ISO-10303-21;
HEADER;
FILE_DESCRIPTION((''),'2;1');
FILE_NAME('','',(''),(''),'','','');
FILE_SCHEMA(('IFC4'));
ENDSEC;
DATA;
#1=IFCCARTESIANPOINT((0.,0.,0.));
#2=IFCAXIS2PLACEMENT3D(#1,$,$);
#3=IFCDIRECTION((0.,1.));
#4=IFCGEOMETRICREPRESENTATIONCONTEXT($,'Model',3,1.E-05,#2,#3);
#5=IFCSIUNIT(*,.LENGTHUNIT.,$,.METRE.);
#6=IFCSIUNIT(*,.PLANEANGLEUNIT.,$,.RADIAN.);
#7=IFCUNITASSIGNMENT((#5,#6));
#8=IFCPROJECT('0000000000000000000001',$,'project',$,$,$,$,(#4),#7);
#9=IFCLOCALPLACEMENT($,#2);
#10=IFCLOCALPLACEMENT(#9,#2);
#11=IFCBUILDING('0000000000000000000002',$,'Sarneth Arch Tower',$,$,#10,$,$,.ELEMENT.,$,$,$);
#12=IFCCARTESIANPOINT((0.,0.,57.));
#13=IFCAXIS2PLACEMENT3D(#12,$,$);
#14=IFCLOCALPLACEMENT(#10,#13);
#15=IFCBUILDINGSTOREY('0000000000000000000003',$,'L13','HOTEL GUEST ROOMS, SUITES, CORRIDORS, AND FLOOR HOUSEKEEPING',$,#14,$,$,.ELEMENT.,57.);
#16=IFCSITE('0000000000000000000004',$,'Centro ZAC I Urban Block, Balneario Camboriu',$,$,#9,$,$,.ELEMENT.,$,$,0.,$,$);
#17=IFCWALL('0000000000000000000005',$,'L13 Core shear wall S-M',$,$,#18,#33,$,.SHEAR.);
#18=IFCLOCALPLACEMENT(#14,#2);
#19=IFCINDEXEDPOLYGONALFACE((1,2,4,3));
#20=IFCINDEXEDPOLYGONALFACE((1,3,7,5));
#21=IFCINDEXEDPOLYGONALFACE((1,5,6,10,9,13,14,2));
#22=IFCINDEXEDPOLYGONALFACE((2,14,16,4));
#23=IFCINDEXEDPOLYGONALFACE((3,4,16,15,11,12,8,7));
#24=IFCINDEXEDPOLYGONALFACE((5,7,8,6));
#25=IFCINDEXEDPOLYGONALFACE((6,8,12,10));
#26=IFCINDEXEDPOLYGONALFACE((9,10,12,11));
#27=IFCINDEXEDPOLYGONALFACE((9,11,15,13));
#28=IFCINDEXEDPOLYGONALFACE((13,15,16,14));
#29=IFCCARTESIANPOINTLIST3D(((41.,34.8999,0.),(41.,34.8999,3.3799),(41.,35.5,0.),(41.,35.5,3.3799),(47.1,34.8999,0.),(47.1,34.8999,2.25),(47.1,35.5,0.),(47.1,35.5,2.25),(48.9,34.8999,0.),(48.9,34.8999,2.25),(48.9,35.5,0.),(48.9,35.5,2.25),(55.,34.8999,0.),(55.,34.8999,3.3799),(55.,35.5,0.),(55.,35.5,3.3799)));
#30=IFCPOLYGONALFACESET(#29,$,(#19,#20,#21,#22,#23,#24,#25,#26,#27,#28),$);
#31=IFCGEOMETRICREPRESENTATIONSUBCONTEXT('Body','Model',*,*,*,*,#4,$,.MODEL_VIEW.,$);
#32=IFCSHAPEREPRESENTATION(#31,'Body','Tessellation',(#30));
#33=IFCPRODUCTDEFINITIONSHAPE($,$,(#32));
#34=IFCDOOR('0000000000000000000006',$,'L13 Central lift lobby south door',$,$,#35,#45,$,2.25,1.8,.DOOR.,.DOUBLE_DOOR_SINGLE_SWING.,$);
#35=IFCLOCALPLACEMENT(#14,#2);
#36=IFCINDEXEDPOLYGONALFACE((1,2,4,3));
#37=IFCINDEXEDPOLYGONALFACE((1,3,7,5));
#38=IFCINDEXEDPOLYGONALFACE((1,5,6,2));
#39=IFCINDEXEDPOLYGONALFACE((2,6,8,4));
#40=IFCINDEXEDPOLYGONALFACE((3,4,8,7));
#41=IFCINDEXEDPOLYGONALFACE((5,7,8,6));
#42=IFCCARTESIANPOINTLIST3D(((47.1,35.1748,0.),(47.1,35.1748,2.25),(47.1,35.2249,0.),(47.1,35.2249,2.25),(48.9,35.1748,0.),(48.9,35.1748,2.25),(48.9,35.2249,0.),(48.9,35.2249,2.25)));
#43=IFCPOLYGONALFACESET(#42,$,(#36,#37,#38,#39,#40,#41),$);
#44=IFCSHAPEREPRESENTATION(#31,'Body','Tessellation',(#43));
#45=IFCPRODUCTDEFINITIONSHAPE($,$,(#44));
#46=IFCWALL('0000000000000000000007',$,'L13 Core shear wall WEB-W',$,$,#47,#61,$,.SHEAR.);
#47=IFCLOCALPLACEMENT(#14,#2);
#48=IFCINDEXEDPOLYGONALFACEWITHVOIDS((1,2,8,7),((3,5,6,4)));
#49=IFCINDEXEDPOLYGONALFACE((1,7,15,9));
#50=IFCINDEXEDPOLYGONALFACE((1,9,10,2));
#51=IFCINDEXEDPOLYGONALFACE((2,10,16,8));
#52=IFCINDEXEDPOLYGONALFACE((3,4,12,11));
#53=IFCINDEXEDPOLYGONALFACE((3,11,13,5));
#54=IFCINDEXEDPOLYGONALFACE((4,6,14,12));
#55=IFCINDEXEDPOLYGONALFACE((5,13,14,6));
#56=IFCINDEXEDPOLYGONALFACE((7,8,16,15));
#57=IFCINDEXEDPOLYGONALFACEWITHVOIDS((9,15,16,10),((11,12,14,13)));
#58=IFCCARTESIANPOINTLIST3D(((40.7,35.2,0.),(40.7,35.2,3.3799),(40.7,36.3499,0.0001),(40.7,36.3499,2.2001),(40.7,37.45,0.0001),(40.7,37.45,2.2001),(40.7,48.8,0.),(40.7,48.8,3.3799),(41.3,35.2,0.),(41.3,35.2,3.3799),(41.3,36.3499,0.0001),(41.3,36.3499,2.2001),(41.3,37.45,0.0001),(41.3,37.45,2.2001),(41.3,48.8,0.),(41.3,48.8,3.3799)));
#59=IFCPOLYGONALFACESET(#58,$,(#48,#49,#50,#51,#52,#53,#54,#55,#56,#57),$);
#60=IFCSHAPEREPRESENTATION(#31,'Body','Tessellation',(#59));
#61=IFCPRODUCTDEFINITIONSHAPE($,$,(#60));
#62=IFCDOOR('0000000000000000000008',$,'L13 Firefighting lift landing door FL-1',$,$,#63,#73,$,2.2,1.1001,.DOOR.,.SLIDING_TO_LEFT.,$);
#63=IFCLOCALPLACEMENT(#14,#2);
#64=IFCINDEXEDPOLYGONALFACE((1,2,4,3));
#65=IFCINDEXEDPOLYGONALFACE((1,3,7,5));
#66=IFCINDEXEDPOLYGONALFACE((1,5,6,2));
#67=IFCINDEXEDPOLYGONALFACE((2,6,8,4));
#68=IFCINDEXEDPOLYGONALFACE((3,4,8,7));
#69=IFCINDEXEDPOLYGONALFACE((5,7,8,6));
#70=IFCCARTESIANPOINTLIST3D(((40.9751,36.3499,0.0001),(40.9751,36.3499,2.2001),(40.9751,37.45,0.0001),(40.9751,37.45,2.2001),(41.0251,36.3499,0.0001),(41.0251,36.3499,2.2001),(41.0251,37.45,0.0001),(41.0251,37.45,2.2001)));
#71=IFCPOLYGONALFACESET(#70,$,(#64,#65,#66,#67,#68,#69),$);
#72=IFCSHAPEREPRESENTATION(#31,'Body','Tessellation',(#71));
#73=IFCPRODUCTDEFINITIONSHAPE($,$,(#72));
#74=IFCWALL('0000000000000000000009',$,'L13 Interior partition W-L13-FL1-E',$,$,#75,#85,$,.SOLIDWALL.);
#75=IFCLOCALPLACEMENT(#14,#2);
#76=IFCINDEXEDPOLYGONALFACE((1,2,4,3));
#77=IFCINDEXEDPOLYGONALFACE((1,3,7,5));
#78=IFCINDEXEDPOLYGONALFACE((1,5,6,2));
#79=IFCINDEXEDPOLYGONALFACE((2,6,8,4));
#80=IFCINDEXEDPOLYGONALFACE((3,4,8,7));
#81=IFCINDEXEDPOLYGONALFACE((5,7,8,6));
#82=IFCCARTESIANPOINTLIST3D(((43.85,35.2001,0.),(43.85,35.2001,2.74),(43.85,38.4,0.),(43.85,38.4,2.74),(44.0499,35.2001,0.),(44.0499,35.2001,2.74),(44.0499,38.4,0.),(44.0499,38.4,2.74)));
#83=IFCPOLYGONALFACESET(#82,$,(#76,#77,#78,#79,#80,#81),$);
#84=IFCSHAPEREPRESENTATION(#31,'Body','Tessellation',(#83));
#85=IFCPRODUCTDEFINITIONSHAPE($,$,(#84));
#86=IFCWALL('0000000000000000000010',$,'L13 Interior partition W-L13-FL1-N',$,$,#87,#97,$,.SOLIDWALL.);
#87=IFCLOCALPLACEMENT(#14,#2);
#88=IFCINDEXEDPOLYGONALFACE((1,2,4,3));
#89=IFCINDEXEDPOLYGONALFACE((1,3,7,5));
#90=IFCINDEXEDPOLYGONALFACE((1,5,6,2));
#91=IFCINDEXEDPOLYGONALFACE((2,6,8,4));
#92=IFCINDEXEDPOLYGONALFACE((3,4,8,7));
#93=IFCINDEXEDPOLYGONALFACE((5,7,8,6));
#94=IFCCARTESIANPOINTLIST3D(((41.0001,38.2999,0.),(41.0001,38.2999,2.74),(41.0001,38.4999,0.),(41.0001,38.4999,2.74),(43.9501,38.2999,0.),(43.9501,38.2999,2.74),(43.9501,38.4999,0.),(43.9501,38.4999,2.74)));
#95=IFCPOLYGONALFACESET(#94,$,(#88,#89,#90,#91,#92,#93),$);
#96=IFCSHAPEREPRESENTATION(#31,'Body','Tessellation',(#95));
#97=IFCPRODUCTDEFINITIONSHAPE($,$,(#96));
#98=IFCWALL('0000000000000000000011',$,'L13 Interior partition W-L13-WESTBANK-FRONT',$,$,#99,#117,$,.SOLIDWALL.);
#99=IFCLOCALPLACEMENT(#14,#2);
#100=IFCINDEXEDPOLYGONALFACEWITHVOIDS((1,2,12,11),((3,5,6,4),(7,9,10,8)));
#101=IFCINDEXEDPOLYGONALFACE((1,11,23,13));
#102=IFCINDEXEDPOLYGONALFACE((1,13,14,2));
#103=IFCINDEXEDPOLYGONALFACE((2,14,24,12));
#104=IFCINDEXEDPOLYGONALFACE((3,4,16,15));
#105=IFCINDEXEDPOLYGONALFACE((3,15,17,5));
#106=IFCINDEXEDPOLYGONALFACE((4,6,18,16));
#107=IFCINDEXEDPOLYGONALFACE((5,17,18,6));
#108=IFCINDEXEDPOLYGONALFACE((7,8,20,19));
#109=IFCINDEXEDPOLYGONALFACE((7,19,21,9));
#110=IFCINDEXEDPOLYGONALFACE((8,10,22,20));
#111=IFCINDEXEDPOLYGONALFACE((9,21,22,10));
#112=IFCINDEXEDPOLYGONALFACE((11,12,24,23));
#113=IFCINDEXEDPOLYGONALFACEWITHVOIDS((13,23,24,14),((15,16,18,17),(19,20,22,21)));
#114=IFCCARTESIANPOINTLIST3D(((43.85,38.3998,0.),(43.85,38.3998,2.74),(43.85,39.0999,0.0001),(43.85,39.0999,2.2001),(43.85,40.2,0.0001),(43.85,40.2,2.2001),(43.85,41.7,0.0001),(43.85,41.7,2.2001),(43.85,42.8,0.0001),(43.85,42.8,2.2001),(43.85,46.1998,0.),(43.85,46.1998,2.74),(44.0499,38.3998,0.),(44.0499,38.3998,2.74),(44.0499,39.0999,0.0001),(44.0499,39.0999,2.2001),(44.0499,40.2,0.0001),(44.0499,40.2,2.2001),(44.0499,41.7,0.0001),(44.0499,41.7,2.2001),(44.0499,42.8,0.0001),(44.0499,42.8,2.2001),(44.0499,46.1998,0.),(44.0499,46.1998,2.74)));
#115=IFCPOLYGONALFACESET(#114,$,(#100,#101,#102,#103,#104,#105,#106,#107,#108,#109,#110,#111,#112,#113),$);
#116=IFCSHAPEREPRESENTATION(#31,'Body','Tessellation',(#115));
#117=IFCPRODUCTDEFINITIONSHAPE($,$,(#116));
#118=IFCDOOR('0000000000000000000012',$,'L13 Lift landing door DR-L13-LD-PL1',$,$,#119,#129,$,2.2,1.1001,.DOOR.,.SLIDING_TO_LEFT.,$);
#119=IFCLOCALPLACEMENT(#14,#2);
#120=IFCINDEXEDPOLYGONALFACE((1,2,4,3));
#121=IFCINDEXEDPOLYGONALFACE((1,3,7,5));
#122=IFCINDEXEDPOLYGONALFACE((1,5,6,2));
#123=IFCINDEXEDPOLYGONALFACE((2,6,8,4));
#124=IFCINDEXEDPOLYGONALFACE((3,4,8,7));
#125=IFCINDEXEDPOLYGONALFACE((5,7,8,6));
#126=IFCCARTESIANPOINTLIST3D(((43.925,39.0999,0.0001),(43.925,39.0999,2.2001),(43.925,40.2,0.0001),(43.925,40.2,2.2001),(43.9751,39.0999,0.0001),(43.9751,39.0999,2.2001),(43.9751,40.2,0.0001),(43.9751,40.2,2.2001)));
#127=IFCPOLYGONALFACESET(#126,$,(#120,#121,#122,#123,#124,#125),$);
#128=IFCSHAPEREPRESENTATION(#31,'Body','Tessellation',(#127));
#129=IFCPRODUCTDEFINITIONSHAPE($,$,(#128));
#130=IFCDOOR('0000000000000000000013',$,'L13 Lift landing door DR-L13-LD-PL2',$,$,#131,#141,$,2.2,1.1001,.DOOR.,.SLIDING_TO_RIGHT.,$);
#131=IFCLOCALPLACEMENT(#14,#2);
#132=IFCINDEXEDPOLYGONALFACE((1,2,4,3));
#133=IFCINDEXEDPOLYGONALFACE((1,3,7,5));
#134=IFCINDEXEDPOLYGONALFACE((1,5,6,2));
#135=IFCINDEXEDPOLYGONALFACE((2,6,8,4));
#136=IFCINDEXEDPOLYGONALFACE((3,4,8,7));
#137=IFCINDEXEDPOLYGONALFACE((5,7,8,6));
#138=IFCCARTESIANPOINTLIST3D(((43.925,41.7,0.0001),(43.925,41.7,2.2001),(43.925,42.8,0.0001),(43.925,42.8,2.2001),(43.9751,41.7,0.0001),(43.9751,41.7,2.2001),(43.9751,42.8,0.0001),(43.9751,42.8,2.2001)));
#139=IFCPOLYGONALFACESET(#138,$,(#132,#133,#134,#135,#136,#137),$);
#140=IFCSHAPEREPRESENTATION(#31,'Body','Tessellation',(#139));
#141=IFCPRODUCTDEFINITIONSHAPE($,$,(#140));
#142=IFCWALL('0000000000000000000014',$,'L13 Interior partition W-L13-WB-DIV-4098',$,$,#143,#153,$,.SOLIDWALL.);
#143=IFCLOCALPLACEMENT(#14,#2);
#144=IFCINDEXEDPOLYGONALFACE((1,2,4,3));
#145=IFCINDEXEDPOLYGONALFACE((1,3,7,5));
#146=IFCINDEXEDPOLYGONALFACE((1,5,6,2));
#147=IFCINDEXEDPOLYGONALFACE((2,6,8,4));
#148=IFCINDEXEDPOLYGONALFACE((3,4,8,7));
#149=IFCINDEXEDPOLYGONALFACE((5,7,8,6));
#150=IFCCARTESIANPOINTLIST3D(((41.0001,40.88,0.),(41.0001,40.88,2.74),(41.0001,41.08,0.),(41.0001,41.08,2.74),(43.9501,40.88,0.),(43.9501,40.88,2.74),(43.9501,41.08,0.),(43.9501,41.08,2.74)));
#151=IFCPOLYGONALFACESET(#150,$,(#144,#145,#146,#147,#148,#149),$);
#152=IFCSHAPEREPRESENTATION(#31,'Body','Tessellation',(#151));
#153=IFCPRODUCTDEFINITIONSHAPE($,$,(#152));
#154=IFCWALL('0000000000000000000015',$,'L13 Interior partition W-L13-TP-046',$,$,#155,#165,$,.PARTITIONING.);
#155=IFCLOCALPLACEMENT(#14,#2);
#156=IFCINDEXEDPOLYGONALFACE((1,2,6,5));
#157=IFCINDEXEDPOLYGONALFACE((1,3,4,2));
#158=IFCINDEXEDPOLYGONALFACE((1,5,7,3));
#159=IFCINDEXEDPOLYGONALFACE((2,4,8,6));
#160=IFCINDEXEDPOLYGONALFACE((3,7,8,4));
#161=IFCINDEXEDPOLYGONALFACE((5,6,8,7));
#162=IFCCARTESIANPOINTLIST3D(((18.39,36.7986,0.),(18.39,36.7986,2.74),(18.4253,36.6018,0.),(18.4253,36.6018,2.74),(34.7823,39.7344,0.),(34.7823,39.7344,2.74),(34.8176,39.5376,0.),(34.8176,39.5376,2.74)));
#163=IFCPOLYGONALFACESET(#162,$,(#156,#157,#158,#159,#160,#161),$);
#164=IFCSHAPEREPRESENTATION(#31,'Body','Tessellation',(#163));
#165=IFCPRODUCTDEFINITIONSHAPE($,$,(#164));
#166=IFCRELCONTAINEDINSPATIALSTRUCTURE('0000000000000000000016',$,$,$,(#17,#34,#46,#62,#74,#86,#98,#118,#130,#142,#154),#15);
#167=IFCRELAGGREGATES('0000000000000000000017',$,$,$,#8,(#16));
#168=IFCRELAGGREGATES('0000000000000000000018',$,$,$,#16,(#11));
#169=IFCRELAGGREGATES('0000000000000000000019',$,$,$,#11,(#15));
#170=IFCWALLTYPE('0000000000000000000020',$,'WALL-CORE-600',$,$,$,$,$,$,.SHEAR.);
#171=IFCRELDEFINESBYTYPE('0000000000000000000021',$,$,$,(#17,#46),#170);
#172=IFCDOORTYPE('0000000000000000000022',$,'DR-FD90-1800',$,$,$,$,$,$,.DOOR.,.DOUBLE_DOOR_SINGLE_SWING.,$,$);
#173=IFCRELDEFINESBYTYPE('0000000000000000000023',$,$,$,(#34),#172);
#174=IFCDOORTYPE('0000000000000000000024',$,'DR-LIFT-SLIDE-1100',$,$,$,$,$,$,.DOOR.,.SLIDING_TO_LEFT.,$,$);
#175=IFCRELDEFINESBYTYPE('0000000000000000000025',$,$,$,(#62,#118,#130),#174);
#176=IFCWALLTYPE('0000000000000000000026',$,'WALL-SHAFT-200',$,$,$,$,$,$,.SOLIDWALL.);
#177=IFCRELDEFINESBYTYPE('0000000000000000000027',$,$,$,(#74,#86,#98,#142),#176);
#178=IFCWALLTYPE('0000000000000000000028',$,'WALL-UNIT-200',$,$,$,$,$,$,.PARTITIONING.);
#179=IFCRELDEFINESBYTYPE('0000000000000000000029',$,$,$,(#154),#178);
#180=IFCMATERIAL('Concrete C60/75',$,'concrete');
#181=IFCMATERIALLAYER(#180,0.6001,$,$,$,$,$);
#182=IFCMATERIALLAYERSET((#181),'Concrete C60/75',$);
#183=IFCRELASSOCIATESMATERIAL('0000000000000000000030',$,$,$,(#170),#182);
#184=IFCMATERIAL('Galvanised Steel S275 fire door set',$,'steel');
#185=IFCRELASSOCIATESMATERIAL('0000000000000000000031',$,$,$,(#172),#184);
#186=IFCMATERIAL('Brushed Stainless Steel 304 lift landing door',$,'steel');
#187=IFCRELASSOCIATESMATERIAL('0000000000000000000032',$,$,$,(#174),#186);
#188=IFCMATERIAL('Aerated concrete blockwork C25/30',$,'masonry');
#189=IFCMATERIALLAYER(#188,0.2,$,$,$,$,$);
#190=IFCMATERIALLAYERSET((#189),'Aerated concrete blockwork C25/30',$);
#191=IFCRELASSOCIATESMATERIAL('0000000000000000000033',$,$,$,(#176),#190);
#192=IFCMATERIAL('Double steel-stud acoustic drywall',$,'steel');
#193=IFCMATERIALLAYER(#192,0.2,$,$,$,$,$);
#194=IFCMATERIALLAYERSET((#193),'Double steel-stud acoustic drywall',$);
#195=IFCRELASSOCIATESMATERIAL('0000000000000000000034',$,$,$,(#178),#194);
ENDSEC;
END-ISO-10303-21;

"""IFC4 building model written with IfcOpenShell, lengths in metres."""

from ifc_helpers import new_model, si_unit, direction, frame, frame_2d, origin, place, context, subcontext, project, spatial, rectangle, extrude, material, layer, layer_set, type_object, element, fill, save


model = new_model("IFC4")

# Units and contexts
model_context = context("Model", 3, precision=1e-05, world=origin(), true_north=direction((0.0, 1.0)))
body_context = subcontext(model_context, "Body", "Model", "MODEL_VIEW")
ifc_project = project(units=[si_unit("LENGTHUNIT", "METRE"), si_unit("PLANEANGLEUNIT", "RADIAN")], contexts=[model_context])

# Site, building, storey
site_placement = place(None, origin())
site = spatial("IfcSite", under=ifc_project, at=site_placement, Name="Centro ZAC I Urban Block, Balneario Camboriu", CompositionType="ELEMENT", RefElevation=0.0)
building_placement = place(site_placement, origin())
building = spatial("IfcBuilding", under=site, at=building_placement, Name="Sarneth Arch Tower", CompositionType="ELEMENT")
storey_placement = place(building_placement, frame((0.0, 0.0, 57.0)))
storey = spatial("IfcBuildingStorey", under=building, at=storey_placement, Name="L13", Description="HOTEL GUEST ROOMS, SUITES, CORRIDORS, AND FLOOR HOUSEKEEPING", CompositionType="ELEMENT", Elevation=57.0)

# Walls, openings, doors
ifc_material_1 = material(Name="Concrete C60/75", Category="concrete")
ifc_layer_1 = layer(ifc_material_1, 0.6001)
ifc_layer_set_1 = layer_set([ifc_layer_1], Name="Concrete C60/75")
wall_type_1 = type_object("IfcWallType", Name="WALL-CORE-600", PredefinedType="SHEAR", material=ifc_layer_set_1)
wall_1_placement = place(storey_placement, frame((41.0, 35.2, 0.0), z_axis=(0.0, 0.0, 1.0), x_axis=(1.0, 0.0, 0.0)))
wall_1 = element("IfcWall", 1, at=wall_1_placement, inside=storey, type_object=wall_type_1, Name="L13 Core shear wall S-M", PredefinedType="SHEAR", context=body_context, shape_type="SweptSolid", body=[
    extrude(rectangle(XDim=14.0, YDim=0.6001, at=frame_2d((7.0, 0.0))), origin(), (0.0, 0.0, 1.0), 3.3799),
])
opening_1_placement = place(wall_1_placement, frame((6.1001, 0.0, 0.0)))
opening_1 = element("IfcOpeningElement", 2, at=opening_1_placement, cuts=wall_1, PredefinedType="OPENING", context=body_context, shape_type="SweptSolid", body=[
    extrude(rectangle(XDim=1.8, YDim=2.25, at=frame_2d((0.8999, 1.125))), frame((0.0, 0.3101, 0.0), z_axis=(0.0, -1.0, 0.0), x_axis=(1.0, 0.0, 0.0)), (0.0, 0.0, 1.0), 0.6201),
])
ifc_material_2 = material(Name="Galvanised Steel S275 fire door set", Category="steel")
door_type_1 = type_object("IfcDoorType", Name="DR-FD90-1800", OperationType="DOUBLE_DOOR_SINGLE_SWING", PredefinedType="DOOR", material=ifc_material_2)
door_1_placement = place(opening_1_placement, origin())
door_1 = element("IfcDoor", 3, at=door_1_placement, inside=storey, type_object=door_type_1, Name="L13 Central lift lobby south door", OperationType="DOUBLE_DOOR_SINGLE_SWING", OverallHeight=2.25, OverallWidth=1.8, PredefinedType="DOOR", context=body_context, shape_type="SweptSolid", body=[
    extrude(rectangle(XDim=1.8, YDim=2.25, at=frame_2d((0.8999, 1.125))), frame((0.0, 0.0249, 0.0), z_axis=(0.0, -1.0, 0.0), x_axis=(1.0, 0.0, 0.0)), (0.0, 0.0, 1.0), 0.05),
])
fill(opening_1, door_1)
wall_2_placement = place(storey_placement, frame((41.0, 35.2, 0.0), z_axis=(0.0, 0.0, 1.0), x_axis=(0.0, 1.0, 0.0)))
wall_2 = element("IfcWall", 4, at=wall_2_placement, inside=storey, type_object=wall_type_1, Name="L13 Core shear wall WEB-W", PredefinedType="SHEAR", context=body_context, shape_type="SweptSolid", body=[
    extrude(rectangle(XDim=13.6001, YDim=0.6001, at=frame_2d((6.8, 0.0))), origin(), (0.0, 0.0, 1.0), 3.3799),
])
opening_2_placement = place(wall_2_placement, frame((1.1499, 0.0, 0.0)))
opening_2 = element("IfcOpeningElement", 5, at=opening_2_placement, cuts=wall_2, PredefinedType="OPENING", context=body_context, shape_type="SweptSolid", body=[
    extrude(rectangle(XDim=1.1001, YDim=2.2, at=frame_2d((0.55, 1.1001))), frame((0.0, 0.3101, 0.0), z_axis=(0.0, -1.0, 0.0), x_axis=(1.0, 0.0, 0.0)), (0.0, 0.0, 1.0), 0.6201),
])
ifc_material_3 = material(Name="Brushed Stainless Steel 304 lift landing door", Category="steel")
door_type_2 = type_object("IfcDoorType", Name="DR-LIFT-SLIDE-1100", OperationType="SLIDING_TO_LEFT", PredefinedType="DOOR", material=ifc_material_3)
door_2_placement = place(opening_2_placement, origin())
door_2 = element("IfcDoor", 6, at=door_2_placement, inside=storey, type_object=door_type_2, Name="L13 Firefighting lift landing door FL-1", OperationType="SLIDING_TO_LEFT", OverallHeight=2.2, OverallWidth=1.1001, PredefinedType="DOOR", context=body_context, shape_type="SweptSolid", body=[
    extrude(rectangle(XDim=1.1001, YDim=2.2, at=frame_2d((0.55, 1.1001))), frame((0.0, 0.0249, 0.0), z_axis=(0.0, -1.0, 0.0), x_axis=(1.0, 0.0, 0.0)), (0.0, 0.0, 1.0), 0.05),
])
fill(opening_2, door_2)
ifc_material_4 = material(Name="Aerated concrete blockwork C25/30", Category="masonry")
ifc_layer_2 = layer(ifc_material_4, 0.2)
ifc_layer_set_2 = layer_set([ifc_layer_2], Name="Aerated concrete blockwork C25/30")
wall_type_2 = type_object("IfcWallType", Name="WALL-SHAFT-200", PredefinedType="SOLIDWALL", material=ifc_layer_set_2)

# Walls
wall_3_placement = place(storey_placement, frame((43.95, 35.2, 0.0), z_axis=(0.0, 0.0, 1.0), x_axis=(0.0, 1.0, 0.0)))
element("IfcWall", 7, at=wall_3_placement, inside=storey, type_object=wall_type_2, Name="L13 Interior partition W-L13-FL1-E", PredefinedType="SOLIDWALL", context=body_context, shape_type="SweptSolid", body=[
    extrude(rectangle(XDim=3.2, YDim=0.2, at=frame_2d((1.6001, 0.0))), origin(), (0.0, 0.0, 1.0), 2.74),
])
wall_4_placement = place(storey_placement, frame((41.0, 38.3999, 0.0), z_axis=(0.0, 0.0, 1.0), x_axis=(1.0, 0.0, 0.0)))
element("IfcWall", 8, at=wall_4_placement, inside=storey, type_object=wall_type_2, Name="L13 Interior partition W-L13-FL1-N", PredefinedType="SOLIDWALL", context=body_context, shape_type="SweptSolid", body=[
    extrude(rectangle(XDim=2.95, YDim=0.2, at=frame_2d((1.4751, 0.0))), origin(), (0.0, 0.0, 1.0), 2.74),
])

# Wall, openings, doors
wall_5_placement = place(storey_placement, frame((43.95, 38.3999, 0.0), z_axis=(0.0, 0.0, 1.0), x_axis=(0.0, 1.0, 0.0)))
wall_5 = element("IfcWall", 9, at=wall_5_placement, inside=storey, type_object=wall_type_2, Name="L13 Interior partition W-L13-WESTBANK-FRONT", PredefinedType="SOLIDWALL", context=body_context, shape_type="SweptSolid", body=[
    extrude(rectangle(XDim=7.8, YDim=0.2, at=frame_2d((3.8999, 0.0))), origin(), (0.0, 0.0, 1.0), 2.74),
])
opening_3_placement = place(wall_5_placement, frame((0.7, 0.0, 0.0)))
opening_3 = element("IfcOpeningElement", 10, at=opening_3_placement, cuts=wall_5, PredefinedType="OPENING", context=body_context, shape_type="SweptSolid", body=[
    extrude(rectangle(XDim=1.1001, YDim=2.2, at=frame_2d((0.55, 1.1001))), frame((0.0, 0.1099, 0.0), z_axis=(0.0, -1.0, 0.0), x_axis=(1.0, 0.0, 0.0)), (0.0, 0.0, 1.0), 0.22),
])
opening_4_placement = place(wall_5_placement, frame((3.3, 0.0, 0.0)))
opening_4 = element("IfcOpeningElement", 11, at=opening_4_placement, cuts=wall_5, PredefinedType="OPENING", context=body_context, shape_type="SweptSolid", body=[
    extrude(rectangle(XDim=1.1001, YDim=2.2, at=frame_2d((0.55, 1.1001))), frame((0.0, 0.1099, 0.0), z_axis=(0.0, -1.0, 0.0), x_axis=(1.0, 0.0, 0.0)), (0.0, 0.0, 1.0), 0.22),
])
door_3_placement = place(opening_3_placement, origin())
door_3 = element("IfcDoor", 12, at=door_3_placement, inside=storey, type_object=door_type_2, Name="L13 Lift landing door DR-L13-LD-PL1", OperationType="SLIDING_TO_LEFT", OverallHeight=2.2, OverallWidth=1.1001, PredefinedType="DOOR", context=body_context, shape_type="SweptSolid", body=[
    extrude(rectangle(XDim=1.1001, YDim=2.2, at=frame_2d((0.55, 1.1001))), frame((0.0, 0.0249, 0.0), z_axis=(0.0, -1.0, 0.0), x_axis=(1.0, 0.0, 0.0)), (0.0, 0.0, 1.0), 0.05),
])
fill(opening_3, door_3)
door_4_placement = place(opening_4_placement, origin())
door_4 = element("IfcDoor", 13, at=door_4_placement, inside=storey, type_object=door_type_2, Name="L13 Lift landing door DR-L13-LD-PL2", OperationType="SLIDING_TO_RIGHT", OverallHeight=2.2, OverallWidth=1.1001, PredefinedType="DOOR", context=body_context, shape_type="SweptSolid", body=[
    extrude(rectangle(XDim=1.1001, YDim=2.2, at=frame_2d((0.55, 1.1001))), frame((0.0, 0.0249, 0.0), z_axis=(0.0, -1.0, 0.0), x_axis=(1.0, 0.0, 0.0)), (0.0, 0.0, 1.0), 0.05),
])
fill(opening_4, door_4)

# Walls
wall_6_placement = place(storey_placement, frame((41.0, 40.98, 0.0), z_axis=(0.0, 0.0, 1.0), x_axis=(1.0, 0.0, 0.0)))
element("IfcWall", 14, at=wall_6_placement, inside=storey, type_object=wall_type_2, Name="L13 Interior partition W-L13-WB-DIV-4098", PredefinedType="SOLIDWALL", context=body_context, shape_type="SweptSolid", body=[
    extrude(rectangle(XDim=2.95, YDim=0.2, at=frame_2d((1.4751, 0.0))), origin(), (0.0, 0.0, 1.0), 2.74),
])
ifc_material_5 = material(Name="Double steel-stud acoustic drywall", Category="steel")
ifc_layer_3 = layer(ifc_material_5, 0.2)
ifc_layer_set_3 = layer_set([ifc_layer_3], Name="Double steel-stud acoustic drywall")
wall_type_3 = type_object("IfcWallType", Name="WALL-UNIT-200", PredefinedType="PARTITIONING", material=ifc_layer_set_3)
wall_7_placement = place(storey_placement, frame((34.8, 39.636, 0.0), z_axis=(0.0, 0.0, 1.0), x_axis=(-0.984338, -0.17629, 0.0)))
element("IfcWall", 15, at=wall_7_placement, inside=storey, type_object=wall_type_3, Name="L13 Interior partition W-L13-TP-046", PredefinedType="PARTITIONING", context=body_context, shape_type="SweptSolid", body=[
    extrude(rectangle(XDim=16.6531, YDim=0.2, at=frame_2d((8.3267, 0.0))), origin(), (0.0, 0.0, 1.0), 2.74),
])

save(model, "model.ifc")
